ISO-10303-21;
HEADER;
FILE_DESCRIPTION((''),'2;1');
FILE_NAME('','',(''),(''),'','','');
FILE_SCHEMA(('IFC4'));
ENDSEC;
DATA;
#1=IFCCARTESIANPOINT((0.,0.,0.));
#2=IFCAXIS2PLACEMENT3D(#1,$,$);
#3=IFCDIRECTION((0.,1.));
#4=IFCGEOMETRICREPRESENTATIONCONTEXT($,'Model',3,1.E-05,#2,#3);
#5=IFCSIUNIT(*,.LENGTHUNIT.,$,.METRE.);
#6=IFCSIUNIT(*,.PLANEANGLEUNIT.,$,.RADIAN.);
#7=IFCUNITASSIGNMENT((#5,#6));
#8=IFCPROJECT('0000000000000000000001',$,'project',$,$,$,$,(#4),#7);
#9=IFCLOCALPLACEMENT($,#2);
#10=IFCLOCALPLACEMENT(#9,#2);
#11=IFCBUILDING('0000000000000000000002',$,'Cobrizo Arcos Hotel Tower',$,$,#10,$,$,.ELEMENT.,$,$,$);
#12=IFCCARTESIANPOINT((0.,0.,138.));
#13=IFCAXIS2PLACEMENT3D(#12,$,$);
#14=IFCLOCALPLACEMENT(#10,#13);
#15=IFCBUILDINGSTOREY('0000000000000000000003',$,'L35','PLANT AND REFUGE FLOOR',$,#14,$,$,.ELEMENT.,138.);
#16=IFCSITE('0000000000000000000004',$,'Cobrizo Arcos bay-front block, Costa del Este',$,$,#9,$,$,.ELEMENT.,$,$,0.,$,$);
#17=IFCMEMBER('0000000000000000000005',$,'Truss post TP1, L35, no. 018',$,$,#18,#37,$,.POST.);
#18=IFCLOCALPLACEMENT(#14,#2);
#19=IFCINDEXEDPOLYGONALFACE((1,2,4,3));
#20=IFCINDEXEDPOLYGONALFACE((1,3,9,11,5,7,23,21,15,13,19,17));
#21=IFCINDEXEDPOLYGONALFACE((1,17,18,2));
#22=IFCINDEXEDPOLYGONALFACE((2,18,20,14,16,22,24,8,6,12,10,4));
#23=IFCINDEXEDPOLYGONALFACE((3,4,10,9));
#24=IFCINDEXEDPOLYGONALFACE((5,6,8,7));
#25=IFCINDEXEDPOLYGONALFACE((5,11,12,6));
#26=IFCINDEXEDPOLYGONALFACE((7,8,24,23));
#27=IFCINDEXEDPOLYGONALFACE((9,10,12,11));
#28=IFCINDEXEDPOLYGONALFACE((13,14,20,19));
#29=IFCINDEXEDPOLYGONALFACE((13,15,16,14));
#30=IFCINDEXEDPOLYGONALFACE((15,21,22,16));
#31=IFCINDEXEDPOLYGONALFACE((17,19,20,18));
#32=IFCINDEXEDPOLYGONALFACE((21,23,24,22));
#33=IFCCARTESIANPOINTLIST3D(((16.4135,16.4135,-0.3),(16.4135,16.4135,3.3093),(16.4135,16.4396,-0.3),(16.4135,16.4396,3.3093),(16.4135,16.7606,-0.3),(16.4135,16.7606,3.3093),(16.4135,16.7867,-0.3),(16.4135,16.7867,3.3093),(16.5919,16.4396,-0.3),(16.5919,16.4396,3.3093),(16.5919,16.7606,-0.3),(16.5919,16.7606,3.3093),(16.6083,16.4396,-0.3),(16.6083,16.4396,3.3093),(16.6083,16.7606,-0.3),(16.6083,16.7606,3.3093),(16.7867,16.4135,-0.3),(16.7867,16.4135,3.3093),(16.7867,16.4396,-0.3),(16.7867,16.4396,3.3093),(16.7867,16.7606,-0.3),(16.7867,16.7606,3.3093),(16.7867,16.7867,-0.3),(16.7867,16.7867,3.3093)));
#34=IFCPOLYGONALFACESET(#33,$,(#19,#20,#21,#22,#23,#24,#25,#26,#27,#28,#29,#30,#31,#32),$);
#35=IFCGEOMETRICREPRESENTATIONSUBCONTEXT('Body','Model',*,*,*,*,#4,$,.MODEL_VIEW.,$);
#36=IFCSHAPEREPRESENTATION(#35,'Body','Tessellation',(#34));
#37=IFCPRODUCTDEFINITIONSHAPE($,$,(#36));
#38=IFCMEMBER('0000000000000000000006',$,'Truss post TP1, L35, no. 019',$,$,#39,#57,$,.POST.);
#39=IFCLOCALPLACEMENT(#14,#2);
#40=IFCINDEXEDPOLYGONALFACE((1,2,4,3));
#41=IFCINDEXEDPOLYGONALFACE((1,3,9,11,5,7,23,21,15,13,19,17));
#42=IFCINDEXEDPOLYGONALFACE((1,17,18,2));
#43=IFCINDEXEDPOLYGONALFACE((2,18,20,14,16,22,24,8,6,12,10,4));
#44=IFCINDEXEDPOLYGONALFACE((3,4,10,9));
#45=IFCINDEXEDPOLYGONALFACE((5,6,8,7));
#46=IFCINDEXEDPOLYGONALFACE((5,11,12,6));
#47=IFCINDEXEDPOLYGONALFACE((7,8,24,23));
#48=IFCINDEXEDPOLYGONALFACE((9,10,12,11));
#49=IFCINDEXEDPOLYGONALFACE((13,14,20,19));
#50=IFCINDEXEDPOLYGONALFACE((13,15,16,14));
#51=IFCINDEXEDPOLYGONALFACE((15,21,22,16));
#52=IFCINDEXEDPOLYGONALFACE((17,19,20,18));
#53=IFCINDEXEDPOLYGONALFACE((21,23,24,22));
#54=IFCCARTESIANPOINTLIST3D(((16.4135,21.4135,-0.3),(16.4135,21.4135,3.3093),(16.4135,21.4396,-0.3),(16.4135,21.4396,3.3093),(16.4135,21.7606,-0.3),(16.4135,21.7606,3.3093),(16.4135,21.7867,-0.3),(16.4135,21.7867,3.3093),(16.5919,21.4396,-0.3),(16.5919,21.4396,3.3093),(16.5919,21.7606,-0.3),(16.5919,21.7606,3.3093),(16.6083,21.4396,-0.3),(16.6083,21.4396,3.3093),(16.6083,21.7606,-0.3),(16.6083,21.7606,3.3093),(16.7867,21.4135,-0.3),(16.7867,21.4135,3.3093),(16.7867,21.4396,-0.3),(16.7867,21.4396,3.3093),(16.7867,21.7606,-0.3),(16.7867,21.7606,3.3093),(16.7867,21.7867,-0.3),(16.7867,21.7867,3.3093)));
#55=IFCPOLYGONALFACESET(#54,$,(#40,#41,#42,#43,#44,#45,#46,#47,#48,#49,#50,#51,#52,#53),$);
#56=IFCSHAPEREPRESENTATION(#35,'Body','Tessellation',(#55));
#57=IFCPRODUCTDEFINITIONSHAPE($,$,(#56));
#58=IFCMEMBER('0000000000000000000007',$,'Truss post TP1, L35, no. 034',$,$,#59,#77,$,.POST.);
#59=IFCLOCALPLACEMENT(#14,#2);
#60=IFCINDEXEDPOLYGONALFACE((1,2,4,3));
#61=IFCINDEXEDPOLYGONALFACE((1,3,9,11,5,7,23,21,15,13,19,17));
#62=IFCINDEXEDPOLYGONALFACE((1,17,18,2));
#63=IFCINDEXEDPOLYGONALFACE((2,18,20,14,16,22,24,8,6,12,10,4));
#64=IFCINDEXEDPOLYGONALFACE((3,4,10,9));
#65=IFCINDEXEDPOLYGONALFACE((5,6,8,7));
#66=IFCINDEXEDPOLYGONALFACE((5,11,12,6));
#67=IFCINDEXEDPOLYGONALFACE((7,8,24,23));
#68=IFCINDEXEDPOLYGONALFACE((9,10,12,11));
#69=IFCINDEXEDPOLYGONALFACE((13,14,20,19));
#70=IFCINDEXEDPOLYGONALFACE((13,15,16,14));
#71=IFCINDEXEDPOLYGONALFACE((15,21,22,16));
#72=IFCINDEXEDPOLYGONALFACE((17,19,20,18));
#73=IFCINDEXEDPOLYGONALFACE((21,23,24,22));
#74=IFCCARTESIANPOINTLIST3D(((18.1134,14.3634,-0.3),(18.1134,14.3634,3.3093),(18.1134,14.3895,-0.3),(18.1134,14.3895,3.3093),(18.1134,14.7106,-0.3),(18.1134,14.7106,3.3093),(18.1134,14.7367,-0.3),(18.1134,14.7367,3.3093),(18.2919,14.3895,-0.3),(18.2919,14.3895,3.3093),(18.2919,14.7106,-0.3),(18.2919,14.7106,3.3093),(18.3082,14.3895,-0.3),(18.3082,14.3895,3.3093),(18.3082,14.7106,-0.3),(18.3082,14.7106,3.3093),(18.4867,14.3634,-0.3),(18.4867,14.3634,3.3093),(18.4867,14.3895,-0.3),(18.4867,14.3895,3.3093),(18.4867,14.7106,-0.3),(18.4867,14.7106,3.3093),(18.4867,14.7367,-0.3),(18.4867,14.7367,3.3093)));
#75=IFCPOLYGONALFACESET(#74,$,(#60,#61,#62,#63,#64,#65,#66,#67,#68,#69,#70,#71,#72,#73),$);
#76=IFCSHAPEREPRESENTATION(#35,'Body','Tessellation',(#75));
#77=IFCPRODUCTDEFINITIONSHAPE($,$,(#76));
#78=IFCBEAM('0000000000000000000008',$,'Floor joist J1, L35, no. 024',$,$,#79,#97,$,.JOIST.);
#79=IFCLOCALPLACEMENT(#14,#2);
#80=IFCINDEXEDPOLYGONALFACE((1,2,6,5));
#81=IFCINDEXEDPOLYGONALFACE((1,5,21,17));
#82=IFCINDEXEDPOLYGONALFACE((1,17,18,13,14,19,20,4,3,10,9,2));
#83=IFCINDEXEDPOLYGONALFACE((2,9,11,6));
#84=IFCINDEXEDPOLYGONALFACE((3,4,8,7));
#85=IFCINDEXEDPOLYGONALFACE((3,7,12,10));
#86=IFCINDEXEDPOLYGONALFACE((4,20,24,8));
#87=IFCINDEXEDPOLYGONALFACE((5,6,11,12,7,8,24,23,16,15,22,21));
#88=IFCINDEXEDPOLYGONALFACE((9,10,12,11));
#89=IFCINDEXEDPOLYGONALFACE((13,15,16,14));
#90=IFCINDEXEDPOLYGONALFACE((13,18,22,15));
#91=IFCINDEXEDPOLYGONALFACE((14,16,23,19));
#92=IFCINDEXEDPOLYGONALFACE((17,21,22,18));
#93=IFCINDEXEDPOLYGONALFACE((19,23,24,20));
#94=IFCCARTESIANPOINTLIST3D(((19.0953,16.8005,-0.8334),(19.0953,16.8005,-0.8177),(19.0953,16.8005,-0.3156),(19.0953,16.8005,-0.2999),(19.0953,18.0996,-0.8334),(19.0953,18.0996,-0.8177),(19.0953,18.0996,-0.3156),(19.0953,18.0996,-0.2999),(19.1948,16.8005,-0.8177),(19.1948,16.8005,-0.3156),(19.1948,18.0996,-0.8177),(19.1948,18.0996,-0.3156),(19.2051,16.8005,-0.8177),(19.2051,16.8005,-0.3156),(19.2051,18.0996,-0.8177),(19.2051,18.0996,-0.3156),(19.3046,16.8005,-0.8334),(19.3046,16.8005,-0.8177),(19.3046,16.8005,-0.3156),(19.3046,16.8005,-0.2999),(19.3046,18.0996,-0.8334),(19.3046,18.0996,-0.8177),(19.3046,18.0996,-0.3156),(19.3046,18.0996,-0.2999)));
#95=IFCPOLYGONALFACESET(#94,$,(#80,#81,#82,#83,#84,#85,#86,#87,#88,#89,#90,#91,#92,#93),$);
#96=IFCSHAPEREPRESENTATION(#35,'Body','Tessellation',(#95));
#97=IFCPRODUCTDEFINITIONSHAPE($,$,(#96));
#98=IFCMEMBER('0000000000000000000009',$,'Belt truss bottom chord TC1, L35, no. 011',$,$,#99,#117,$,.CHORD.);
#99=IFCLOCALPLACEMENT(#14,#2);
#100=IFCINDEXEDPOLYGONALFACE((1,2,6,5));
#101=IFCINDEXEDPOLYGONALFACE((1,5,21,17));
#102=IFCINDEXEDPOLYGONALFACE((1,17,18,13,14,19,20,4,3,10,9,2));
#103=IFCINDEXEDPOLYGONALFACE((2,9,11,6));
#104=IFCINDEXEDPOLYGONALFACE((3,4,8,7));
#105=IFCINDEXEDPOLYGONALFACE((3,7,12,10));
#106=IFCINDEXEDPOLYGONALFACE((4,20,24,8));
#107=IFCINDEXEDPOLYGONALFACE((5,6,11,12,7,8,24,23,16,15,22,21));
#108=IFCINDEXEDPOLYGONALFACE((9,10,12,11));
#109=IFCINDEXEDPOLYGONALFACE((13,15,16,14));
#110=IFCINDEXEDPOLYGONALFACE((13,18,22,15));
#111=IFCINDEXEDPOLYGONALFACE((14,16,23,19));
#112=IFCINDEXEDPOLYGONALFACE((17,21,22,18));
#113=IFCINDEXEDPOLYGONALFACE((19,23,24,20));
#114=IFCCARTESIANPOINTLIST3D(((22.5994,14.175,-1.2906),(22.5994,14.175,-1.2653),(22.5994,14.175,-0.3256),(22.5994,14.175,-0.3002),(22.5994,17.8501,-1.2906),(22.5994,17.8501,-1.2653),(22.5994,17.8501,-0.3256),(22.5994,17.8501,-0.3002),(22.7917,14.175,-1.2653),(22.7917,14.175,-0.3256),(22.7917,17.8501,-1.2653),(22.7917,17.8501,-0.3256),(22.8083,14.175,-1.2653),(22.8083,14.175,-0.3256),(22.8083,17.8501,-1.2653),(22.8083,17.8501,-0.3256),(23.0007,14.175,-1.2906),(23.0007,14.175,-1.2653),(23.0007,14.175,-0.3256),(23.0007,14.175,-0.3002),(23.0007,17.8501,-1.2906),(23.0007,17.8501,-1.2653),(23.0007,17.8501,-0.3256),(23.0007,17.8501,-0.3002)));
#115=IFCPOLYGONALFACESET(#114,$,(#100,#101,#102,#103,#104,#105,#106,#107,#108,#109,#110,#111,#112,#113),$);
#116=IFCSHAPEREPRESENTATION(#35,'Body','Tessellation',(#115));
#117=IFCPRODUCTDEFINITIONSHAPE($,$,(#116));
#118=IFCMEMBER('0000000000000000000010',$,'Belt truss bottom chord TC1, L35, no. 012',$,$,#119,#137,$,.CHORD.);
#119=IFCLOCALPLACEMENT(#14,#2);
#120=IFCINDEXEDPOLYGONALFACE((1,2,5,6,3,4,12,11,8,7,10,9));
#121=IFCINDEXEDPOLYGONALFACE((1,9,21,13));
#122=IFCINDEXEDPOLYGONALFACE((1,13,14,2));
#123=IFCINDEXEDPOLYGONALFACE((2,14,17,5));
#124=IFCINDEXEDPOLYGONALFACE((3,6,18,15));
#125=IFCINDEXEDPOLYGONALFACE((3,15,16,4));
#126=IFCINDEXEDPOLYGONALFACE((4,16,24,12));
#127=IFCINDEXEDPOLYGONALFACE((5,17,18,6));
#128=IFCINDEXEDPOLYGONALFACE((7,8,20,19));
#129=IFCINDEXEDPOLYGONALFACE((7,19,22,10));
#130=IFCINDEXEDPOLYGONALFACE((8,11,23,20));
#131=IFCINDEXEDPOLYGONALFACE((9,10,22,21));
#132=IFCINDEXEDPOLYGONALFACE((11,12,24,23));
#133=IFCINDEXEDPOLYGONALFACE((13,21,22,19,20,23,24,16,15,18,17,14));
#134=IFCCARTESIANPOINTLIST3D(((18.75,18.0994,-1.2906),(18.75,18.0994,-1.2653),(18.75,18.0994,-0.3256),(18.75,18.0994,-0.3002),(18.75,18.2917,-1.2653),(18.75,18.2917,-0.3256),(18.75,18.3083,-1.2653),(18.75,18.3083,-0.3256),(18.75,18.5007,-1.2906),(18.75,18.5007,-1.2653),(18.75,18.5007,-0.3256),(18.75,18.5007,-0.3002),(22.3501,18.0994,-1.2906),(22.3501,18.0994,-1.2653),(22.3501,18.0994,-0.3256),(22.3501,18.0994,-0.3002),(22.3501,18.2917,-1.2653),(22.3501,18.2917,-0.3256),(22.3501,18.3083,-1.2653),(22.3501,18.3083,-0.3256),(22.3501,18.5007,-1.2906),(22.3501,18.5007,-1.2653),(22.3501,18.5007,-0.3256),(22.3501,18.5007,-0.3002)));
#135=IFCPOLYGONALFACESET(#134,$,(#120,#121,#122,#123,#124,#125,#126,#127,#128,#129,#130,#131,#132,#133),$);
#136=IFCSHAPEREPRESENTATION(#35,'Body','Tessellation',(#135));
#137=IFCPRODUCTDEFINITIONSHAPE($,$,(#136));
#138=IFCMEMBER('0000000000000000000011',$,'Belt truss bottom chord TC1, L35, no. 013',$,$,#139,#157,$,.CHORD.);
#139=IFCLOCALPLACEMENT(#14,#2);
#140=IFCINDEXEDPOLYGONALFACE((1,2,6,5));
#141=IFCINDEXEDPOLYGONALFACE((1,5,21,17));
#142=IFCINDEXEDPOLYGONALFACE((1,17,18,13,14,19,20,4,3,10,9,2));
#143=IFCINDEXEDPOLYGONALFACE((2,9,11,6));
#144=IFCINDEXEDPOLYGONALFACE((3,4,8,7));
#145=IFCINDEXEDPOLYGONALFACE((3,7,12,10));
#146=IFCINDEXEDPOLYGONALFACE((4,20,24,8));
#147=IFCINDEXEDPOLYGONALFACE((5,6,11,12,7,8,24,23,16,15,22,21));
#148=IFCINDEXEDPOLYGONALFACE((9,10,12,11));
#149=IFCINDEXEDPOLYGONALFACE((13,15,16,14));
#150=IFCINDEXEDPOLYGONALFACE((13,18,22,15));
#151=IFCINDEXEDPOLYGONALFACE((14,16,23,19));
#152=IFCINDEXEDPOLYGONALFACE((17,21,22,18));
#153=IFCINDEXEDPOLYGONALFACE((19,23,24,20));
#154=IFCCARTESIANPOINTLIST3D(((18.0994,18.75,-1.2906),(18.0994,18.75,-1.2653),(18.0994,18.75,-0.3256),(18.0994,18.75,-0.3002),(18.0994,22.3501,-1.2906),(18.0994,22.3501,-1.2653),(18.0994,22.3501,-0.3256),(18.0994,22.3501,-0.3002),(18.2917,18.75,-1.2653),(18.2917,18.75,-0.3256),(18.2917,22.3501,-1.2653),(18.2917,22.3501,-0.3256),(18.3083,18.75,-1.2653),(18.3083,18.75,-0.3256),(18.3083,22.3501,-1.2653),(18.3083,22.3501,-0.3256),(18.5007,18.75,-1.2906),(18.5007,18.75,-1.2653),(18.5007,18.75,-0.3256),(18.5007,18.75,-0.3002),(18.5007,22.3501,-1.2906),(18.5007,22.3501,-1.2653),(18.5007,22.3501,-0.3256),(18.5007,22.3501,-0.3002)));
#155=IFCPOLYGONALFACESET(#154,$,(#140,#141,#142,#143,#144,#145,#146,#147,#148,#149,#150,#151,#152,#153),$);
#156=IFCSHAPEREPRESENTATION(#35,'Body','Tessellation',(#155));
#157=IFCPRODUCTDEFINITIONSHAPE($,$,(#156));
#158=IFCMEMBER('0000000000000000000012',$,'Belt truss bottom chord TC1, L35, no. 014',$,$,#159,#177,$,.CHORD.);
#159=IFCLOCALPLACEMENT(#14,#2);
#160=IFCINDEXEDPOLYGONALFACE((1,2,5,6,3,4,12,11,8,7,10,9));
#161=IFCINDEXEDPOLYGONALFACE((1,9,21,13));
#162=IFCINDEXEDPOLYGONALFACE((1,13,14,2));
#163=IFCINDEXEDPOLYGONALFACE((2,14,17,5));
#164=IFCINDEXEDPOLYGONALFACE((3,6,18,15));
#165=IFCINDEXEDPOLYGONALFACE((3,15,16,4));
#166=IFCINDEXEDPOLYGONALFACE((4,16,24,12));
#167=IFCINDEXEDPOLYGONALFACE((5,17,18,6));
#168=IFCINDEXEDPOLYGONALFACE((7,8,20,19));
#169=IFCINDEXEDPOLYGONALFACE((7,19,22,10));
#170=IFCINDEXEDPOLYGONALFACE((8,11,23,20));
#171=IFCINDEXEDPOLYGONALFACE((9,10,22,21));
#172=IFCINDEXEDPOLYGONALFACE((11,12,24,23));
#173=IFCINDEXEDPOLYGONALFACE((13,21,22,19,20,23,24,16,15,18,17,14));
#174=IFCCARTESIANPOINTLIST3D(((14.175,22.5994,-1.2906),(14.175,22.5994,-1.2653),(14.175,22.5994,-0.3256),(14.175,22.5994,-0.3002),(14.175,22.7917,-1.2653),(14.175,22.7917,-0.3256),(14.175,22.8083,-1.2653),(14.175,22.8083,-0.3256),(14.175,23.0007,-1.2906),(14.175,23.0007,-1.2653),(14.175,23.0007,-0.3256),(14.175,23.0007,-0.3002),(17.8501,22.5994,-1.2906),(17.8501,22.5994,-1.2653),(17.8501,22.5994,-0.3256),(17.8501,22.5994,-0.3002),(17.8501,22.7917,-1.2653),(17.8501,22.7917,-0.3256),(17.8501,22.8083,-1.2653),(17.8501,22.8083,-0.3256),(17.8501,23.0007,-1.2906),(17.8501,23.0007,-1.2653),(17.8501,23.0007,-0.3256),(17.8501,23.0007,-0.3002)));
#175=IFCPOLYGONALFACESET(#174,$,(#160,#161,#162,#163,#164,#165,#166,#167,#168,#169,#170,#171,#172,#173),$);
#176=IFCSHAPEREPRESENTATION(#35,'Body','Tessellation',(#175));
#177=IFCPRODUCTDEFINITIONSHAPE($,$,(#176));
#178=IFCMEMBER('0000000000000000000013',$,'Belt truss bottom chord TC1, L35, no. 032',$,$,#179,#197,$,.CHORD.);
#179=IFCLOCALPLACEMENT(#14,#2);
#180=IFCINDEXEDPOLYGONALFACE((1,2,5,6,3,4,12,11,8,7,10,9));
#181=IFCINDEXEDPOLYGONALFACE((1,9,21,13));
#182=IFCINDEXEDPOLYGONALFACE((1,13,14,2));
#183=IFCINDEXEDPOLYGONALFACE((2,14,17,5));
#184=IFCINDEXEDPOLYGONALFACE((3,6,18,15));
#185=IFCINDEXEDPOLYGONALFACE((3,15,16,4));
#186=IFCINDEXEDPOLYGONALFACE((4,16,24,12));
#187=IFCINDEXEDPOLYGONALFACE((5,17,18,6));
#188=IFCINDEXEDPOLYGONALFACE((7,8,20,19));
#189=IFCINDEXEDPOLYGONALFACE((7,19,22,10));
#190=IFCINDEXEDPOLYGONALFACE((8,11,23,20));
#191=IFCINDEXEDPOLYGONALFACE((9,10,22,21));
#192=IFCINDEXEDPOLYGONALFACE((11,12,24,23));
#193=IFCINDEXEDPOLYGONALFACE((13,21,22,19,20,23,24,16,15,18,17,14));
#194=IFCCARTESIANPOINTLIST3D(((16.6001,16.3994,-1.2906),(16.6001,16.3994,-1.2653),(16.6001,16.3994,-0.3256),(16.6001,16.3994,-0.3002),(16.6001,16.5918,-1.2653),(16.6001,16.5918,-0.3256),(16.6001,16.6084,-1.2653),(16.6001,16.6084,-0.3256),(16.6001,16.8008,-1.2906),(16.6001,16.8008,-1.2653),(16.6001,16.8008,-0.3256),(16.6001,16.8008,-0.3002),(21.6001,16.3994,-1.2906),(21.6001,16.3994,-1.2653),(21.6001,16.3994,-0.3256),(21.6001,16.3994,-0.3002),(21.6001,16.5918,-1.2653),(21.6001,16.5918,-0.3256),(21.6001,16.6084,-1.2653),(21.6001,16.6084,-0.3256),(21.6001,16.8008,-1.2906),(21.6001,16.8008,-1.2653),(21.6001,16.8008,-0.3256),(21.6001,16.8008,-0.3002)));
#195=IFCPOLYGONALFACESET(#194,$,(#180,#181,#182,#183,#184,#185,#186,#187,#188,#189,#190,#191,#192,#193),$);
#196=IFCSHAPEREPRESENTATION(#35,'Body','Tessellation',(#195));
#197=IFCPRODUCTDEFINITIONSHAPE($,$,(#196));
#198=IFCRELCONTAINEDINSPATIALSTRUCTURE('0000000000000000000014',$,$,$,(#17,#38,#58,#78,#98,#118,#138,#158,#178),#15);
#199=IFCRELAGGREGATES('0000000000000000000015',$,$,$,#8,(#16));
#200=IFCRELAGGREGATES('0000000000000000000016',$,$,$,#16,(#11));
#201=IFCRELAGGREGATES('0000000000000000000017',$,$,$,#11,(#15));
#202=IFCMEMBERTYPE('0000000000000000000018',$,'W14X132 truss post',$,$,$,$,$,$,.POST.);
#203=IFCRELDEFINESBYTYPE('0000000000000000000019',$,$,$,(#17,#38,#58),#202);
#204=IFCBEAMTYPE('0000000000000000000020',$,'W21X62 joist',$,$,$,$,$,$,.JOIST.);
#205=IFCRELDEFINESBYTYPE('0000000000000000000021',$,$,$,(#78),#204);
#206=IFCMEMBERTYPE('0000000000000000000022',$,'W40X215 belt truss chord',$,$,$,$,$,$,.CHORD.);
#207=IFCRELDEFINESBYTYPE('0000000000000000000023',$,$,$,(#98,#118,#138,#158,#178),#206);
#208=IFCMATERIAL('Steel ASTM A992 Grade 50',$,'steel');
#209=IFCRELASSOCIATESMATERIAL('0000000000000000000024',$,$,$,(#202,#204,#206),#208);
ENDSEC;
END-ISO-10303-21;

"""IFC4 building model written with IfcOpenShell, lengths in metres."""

from ifc_helpers import new_model, si_unit, direction, frame, origin, origin_2d, place, context, subcontext, project, spatial, i_section, extrude, material, material_profile, profile_set, type_object, element, save


model = new_model("IFC4")

# Units and contexts
model_context = context("Model", 3, precision=1e-05, world=origin(), true_north=direction((0.0, 1.0)))
body_context = subcontext(model_context, "Body", "Model", "MODEL_VIEW")
ifc_project = project(units=[si_unit("LENGTHUNIT", "METRE"), si_unit("PLANEANGLEUNIT", "RADIAN")], contexts=[model_context])

# Site, building, storey
site_placement = place(None, origin())
site = spatial("IfcSite", under=ifc_project, at=site_placement, Name="Cobrizo Arcos bay-front block, Costa del Este", CompositionType="ELEMENT", RefElevation=0.0)
building_placement = place(site_placement, origin())
building = spatial("IfcBuilding", under=site, at=building_placement, Name="Cobrizo Arcos Hotel Tower", CompositionType="ELEMENT")
storey_placement = place(building_placement, frame((0.0, 0.0, 138.0)))
storey = spatial("IfcBuildingStorey", under=building, at=storey_placement, Name="L35", Description="PLANT AND REFUGE FLOOR", CompositionType="ELEMENT", Elevation=138.0)

# Members
ifc_material_1 = material(Name="Steel ASTM A992 Grade 50", Category="steel")
ifc_material_profile_1 = material_profile(ifc_material_1, i_section(OverallWidth=0.3733, OverallDepth=0.3733, WebThickness=0.0164, FlangeThickness=0.0261, at=origin_2d()), Name="W14X132")
ifc_profile_set_1 = profile_set([ifc_material_profile_1], Name="Steel ASTM A992 Grade 50")
member_type_1 = type_object("IfcMemberType", Name="W14X132 truss post", PredefinedType="POST", material=ifc_profile_set_1)
for number, where, z_axis, x_axis, name in (
    (1, (16.6001, 16.6001, -0.3), (0.0, 0.0, 1.0), (1.0, 0.0, 0.0), "Truss post TP1, L35, no. 018"),
    (2, (16.6001, 21.6001, -0.3), (0.0, 0.0, 1.0), (1.0, 0.0, 0.0), "Truss post TP1, L35, no. 019"),
    (3, (18.3, 14.55, -0.3), (0.0, 0.0, 1.0), (1.0, 0.0, 0.0), "Truss post TP1, L35, no. 034"),
):
    element("IfcMember", number, at=place(storey_placement, frame(where, z_axis=z_axis, x_axis=x_axis)), inside=storey, type_object=member_type_1, Name=name, PredefinedType="POST", context=body_context, shape_type="SweptSolid", body=[
        extrude(i_section(OverallWidth=0.3733, OverallDepth=0.3733, WebThickness=0.0164, FlangeThickness=0.0261, at=origin_2d()), origin(), (0.0, 0.0, 1.0), 3.6094),
    ])

# Beam
ifc_material_profile_2 = material_profile(ifc_material_1, i_section(OverallWidth=0.2092, OverallDepth=0.5334, WebThickness=0.0103, FlangeThickness=0.0156, at=origin_2d()), Name="W21X62")
ifc_profile_set_2 = profile_set([ifc_material_profile_2], Name="Steel ASTM A992 Grade 50")
beam_type = type_object("IfcBeamType", Name="W21X62 joist", PredefinedType="JOIST", material=ifc_profile_set_2)
beam_placement = place(storey_placement, frame((19.2, 16.8005, -0.5667), z_axis=(0.0, 1.0, 0.0), x_axis=(-1.0, 0.0, 0.0)))
element("IfcBeam", 4, at=beam_placement, inside=storey, type_object=beam_type, Name="Floor joist J1, L35, no. 024", PredefinedType="JOIST", context=body_context, shape_type="SweptSolid", body=[
    extrude(i_section(OverallWidth=0.2092, OverallDepth=0.5334, WebThickness=0.0103, FlangeThickness=0.0156, at=origin_2d()), origin(), (0.0, 0.0, 1.0), 1.2991),
])

# Members
ifc_material_profile_3 = material_profile(ifc_material_1, i_section(OverallWidth=0.4014, OverallDepth=0.9905, WebThickness=0.0166, FlangeThickness=0.0254, at=origin_2d()), Name="W40X215")
ifc_profile_set_3 = profile_set([ifc_material_profile_3], Name="Steel ASTM A992 Grade 50")
member_type_2 = type_object("IfcMemberType", Name="W40X215 belt truss chord", PredefinedType="CHORD", material=ifc_profile_set_3)
member_1_placement = place(storey_placement, frame((22.8, 14.175, -0.7954), z_axis=(0.0, 1.0, 0.0), x_axis=(-1.0, 0.0, 0.0)))
element("IfcMember", 5, at=member_1_placement, inside=storey, type_object=member_type_2, Name="Belt truss bottom chord TC1, L35, no. 011", PredefinedType="CHORD", context=body_context, shape_type="SweptSolid", body=[
    extrude(i_section(OverallWidth=0.4014, OverallDepth=0.9905, WebThickness=0.0166, FlangeThickness=0.0254, at=origin_2d()), origin(), (0.0, 0.0, 1.0), 3.675),
])
for number, where, z_axis, x_axis, name in (
    (6, (22.3501, 18.3, -0.7954), (-1.0, 0.0, 0.0), (0.0, -1.0, 0.0), "Belt truss bottom chord TC1, L35, no. 012"),
    (7, (18.3, 18.75, -0.7954), (0.0, 1.0, 0.0), (-1.0, 0.0, 0.0), "Belt truss bottom chord TC1, L35, no. 013"),
):
    element("IfcMember", number, at=place(storey_placement, frame(where, z_axis=z_axis, x_axis=x_axis)), inside=storey, type_object=member_type_2, Name=name, PredefinedType="CHORD", context=body_context, shape_type="SweptSolid", body=[
        extrude(i_section(OverallWidth=0.4014, OverallDepth=0.9905, WebThickness=0.0166, FlangeThickness=0.0254, at=origin_2d()), origin(), (0.0, 0.0, 1.0), 3.6001),
    ])
member_2_placement = place(storey_placement, frame((17.8501, 22.8, -0.7954), z_axis=(-1.0, 0.0, 0.0), x_axis=(0.0, -1.0, 0.0)))
element("IfcMember", 8, at=member_2_placement, inside=storey, type_object=member_type_2, Name="Belt truss bottom chord TC1, L35, no. 014", PredefinedType="CHORD", context=body_context, shape_type="SweptSolid", body=[
    extrude(i_section(OverallWidth=0.4014, OverallDepth=0.9905, WebThickness=0.0166, FlangeThickness=0.0254, at=origin_2d()), origin(), (0.0, 0.0, 1.0), 3.675),
])
member_3_placement = place(storey_placement, frame((21.6001, 16.6001, -0.7954), z_axis=(-1.0, 0.0, 0.0), x_axis=(0.0, -1.0, 0.0)))
element("IfcMember", 9, at=member_3_placement, inside=storey, type_object=member_type_2, Name="Belt truss bottom chord TC1, L35, no. 032", PredefinedType="CHORD", context=body_context, shape_type="SweptSolid", body=[
    extrude(i_section(OverallWidth=0.4014, OverallDepth=0.9905, WebThickness=0.0166, FlangeThickness=0.0254, at=origin_2d()), origin(), (0.0, 0.0, 1.0), 5.0),
])

save(model, "model.ifc")
